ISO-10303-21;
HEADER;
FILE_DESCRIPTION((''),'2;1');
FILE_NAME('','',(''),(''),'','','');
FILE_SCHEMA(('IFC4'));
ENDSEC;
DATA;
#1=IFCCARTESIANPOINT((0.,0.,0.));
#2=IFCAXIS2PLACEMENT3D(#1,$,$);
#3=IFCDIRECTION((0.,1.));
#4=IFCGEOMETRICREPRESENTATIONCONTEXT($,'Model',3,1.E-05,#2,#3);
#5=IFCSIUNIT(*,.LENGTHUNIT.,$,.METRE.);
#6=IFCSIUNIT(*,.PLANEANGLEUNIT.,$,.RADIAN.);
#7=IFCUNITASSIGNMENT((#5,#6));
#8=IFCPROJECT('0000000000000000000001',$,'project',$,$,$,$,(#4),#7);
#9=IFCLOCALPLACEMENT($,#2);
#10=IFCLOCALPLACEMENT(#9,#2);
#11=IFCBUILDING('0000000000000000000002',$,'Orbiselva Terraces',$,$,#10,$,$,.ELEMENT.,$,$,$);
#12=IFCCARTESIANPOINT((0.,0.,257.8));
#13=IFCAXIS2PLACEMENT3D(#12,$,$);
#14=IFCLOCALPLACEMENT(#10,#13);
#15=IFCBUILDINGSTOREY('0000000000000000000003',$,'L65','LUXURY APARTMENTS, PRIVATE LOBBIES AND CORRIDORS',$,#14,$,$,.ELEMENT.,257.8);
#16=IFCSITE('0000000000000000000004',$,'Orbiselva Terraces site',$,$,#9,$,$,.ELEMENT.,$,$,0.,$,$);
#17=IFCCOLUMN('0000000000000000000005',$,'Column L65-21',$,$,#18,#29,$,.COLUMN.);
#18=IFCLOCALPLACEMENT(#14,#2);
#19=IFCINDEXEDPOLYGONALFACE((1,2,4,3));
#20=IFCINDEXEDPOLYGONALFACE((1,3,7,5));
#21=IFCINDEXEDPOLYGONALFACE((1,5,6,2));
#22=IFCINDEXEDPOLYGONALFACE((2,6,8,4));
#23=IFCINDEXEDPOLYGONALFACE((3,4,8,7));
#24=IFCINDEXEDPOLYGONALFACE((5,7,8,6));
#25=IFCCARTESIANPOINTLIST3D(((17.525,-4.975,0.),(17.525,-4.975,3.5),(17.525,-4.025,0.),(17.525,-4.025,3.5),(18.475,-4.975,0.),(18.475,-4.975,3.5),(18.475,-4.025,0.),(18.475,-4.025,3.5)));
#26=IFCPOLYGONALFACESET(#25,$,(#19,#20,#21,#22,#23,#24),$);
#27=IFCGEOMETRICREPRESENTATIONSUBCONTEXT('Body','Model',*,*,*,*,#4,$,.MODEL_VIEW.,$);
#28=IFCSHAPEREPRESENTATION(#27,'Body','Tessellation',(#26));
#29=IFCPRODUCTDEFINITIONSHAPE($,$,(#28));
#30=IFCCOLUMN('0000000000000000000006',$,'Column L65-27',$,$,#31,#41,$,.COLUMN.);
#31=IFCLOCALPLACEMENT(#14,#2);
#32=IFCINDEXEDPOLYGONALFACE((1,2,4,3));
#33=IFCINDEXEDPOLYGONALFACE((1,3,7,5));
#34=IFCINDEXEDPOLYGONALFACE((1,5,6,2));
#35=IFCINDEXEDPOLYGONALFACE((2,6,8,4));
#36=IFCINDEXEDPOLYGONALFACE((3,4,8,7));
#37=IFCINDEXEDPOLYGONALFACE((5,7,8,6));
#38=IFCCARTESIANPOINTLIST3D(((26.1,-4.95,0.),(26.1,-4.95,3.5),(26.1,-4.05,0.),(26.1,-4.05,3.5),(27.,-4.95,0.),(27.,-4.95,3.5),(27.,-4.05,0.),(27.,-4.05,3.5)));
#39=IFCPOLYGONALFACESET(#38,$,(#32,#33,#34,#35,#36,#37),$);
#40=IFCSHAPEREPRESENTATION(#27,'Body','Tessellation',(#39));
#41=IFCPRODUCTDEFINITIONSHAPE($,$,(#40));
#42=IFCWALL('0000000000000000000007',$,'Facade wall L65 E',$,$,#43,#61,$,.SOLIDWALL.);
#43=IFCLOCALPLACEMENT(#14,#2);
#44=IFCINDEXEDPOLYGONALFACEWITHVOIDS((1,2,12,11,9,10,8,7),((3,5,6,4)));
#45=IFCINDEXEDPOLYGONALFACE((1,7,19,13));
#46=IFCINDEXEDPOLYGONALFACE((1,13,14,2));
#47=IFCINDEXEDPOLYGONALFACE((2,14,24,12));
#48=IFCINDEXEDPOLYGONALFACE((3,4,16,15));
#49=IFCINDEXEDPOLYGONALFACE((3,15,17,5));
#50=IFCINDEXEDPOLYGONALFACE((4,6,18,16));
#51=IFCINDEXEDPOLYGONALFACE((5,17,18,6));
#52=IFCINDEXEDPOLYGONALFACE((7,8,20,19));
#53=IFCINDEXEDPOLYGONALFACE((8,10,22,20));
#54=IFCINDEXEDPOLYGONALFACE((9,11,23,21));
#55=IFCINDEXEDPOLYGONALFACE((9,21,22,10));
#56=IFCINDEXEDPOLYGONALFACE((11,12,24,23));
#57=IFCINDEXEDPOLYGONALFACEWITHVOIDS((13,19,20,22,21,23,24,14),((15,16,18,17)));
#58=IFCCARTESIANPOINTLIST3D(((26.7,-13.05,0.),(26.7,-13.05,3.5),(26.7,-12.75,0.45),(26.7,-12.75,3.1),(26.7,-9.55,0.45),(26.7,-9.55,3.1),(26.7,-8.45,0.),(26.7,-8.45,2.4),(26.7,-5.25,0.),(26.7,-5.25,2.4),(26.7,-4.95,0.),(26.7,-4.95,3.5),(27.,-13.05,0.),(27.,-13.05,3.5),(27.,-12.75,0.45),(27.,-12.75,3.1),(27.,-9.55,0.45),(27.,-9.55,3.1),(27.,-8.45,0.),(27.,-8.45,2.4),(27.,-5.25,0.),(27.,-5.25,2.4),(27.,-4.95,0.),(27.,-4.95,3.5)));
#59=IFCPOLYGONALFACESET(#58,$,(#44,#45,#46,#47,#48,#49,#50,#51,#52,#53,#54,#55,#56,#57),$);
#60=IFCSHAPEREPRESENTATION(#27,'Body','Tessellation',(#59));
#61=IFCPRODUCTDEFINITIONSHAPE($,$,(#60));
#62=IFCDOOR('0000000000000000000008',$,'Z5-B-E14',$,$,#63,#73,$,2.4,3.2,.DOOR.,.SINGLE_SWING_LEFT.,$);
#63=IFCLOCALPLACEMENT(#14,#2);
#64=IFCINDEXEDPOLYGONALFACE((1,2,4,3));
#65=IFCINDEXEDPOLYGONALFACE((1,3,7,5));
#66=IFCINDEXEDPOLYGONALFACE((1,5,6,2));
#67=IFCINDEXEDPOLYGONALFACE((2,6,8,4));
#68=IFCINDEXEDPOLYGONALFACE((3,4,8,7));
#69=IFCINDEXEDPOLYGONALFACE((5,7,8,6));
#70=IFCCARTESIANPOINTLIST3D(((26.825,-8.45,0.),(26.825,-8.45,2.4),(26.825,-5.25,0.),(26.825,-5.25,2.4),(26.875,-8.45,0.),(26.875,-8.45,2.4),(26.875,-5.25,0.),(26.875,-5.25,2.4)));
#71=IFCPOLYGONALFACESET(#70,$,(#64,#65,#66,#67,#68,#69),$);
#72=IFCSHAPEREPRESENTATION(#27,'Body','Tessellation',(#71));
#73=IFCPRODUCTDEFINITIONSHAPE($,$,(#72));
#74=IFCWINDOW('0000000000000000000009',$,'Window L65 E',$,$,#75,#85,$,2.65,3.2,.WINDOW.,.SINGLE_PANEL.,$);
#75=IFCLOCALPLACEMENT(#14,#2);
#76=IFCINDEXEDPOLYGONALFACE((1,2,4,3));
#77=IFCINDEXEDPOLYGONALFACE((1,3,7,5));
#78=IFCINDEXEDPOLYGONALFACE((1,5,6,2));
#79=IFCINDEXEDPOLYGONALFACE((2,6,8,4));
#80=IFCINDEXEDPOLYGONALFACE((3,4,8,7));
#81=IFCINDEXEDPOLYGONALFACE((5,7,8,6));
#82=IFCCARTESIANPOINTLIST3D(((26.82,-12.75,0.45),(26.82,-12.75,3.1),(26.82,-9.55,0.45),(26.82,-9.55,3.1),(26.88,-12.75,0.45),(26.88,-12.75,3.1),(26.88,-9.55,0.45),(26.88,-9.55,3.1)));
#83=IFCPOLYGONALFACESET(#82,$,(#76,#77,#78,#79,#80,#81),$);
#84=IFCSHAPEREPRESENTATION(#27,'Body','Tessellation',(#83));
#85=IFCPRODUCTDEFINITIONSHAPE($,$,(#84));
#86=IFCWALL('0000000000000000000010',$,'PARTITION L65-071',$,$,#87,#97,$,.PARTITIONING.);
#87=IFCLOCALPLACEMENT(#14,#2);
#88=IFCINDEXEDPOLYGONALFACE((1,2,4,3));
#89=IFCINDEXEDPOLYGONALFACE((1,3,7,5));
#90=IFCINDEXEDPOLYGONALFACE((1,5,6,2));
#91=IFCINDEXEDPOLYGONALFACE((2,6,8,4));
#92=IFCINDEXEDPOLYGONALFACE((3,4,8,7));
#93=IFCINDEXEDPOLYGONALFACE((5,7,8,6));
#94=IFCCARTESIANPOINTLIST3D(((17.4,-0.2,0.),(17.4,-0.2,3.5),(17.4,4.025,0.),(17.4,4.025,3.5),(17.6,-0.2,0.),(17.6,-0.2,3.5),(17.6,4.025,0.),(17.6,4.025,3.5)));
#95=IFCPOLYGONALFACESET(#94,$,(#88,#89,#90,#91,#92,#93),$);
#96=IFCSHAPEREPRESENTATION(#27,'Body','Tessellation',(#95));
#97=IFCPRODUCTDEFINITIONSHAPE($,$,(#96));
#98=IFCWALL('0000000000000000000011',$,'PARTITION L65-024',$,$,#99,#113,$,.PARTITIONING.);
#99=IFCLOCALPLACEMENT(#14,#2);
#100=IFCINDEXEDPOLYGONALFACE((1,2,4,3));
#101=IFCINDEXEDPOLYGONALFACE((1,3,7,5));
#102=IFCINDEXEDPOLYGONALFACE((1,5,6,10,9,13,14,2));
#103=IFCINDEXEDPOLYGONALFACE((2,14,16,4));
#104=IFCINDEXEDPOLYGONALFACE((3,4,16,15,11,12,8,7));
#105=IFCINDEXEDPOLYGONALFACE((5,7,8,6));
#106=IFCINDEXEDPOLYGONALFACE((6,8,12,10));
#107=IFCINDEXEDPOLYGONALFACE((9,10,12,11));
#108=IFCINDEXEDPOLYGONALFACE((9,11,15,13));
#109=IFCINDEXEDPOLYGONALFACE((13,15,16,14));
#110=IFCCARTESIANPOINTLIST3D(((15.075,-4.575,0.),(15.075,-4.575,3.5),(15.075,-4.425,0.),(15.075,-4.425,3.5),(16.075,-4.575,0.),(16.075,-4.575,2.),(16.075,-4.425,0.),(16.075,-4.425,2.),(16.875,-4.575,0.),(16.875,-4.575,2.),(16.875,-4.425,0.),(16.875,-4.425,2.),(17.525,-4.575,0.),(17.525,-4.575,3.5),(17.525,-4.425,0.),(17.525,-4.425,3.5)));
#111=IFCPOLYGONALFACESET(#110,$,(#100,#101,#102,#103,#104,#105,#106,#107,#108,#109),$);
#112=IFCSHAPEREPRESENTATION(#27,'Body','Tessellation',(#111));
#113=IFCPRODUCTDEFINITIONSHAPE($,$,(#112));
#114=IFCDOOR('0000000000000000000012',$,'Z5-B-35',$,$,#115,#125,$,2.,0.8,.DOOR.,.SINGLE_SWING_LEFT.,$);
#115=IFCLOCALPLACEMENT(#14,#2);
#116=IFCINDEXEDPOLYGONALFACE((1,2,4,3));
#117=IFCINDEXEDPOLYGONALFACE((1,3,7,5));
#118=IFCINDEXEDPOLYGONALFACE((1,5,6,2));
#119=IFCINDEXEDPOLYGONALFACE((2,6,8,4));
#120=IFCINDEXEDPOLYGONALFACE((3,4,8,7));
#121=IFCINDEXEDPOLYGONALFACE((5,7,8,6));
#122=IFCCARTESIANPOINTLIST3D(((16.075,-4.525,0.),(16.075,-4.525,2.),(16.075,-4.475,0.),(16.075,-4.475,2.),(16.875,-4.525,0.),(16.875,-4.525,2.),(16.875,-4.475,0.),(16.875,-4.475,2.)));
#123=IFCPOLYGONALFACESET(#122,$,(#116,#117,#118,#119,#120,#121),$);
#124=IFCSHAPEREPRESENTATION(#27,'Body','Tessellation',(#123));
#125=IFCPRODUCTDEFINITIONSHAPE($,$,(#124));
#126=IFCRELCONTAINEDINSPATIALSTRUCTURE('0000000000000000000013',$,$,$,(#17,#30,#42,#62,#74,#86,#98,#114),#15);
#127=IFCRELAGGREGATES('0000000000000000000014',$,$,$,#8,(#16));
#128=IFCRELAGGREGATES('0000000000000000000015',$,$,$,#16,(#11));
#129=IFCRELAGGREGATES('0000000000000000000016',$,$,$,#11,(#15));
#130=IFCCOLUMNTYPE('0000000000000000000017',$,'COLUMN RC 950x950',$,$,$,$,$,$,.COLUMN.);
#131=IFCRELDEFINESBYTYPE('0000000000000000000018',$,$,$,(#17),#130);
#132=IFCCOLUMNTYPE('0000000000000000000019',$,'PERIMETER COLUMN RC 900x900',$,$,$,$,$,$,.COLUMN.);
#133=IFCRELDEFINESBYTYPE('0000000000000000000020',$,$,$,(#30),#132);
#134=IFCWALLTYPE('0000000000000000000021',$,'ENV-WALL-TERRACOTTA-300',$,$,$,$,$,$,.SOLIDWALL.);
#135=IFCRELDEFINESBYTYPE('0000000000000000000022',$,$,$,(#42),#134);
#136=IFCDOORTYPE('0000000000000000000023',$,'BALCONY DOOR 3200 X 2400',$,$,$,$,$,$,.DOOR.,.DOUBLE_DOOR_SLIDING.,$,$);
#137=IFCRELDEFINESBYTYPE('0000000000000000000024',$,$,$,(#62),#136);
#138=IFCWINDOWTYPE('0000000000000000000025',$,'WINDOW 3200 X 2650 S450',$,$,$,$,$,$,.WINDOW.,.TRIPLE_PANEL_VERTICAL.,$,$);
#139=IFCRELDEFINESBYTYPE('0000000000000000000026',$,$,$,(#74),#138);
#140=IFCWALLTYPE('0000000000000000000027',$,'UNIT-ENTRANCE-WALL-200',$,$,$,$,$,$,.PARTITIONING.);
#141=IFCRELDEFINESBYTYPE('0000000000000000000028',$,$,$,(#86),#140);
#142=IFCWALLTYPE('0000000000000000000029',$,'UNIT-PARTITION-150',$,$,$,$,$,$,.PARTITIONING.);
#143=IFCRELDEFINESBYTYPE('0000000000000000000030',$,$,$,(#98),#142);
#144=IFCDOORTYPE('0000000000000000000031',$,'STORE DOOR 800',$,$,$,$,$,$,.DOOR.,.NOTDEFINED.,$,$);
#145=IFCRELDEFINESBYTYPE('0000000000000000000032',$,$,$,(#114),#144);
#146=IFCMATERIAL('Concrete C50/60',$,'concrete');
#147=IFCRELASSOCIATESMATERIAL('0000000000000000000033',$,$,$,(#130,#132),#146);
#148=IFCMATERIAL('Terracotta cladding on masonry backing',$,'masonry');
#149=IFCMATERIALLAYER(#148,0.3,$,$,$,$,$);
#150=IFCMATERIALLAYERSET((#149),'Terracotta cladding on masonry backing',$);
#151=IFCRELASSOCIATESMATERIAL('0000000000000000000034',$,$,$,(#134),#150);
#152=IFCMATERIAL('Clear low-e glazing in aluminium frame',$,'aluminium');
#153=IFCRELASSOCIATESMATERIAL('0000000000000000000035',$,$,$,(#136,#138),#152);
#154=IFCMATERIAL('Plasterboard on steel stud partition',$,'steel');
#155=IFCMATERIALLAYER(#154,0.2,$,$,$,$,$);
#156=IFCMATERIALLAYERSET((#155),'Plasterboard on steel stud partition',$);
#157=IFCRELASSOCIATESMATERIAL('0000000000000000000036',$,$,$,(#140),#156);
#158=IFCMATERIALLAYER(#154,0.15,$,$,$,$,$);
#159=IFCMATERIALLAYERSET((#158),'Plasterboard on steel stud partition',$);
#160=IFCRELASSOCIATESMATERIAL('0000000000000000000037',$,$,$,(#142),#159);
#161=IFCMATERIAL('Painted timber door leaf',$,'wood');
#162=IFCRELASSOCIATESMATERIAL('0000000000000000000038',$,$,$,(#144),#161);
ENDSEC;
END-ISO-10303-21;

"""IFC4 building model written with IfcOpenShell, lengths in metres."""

from ifc_helpers import new_model, si_unit, direction, frame, frame_2d, origin, origin_2d, place, context, subcontext, project, spatial, rectangle, extrude, material, layer, layer_set, material_profile, profile_set, type_object, element, fill, save


model = new_model("IFC4")

# Units and contexts
model_context = context("Model", 3, precision=1e-05, world=origin(), true_north=direction((0.0, 1.0)))
body_context = subcontext(model_context, "Body", "Model", "MODEL_VIEW")
ifc_project = project(units=[si_unit("LENGTHUNIT", "METRE"), si_unit("PLANEANGLEUNIT", "RADIAN")], contexts=[model_context])

# Site, building, storey
site_placement = place(None, origin())
site = spatial("IfcSite", under=ifc_project, at=site_placement, Name="Orbiselva Terraces site", CompositionType="ELEMENT", RefElevation=0.0)
building_placement = place(site_placement, origin())
building = spatial("IfcBuilding", under=site, at=building_placement, Name="Orbiselva Terraces", CompositionType="ELEMENT")
storey_placement = place(building_placement, frame((0.0, 0.0, 257.8)))
storey = spatial("IfcBuildingStorey", under=building, at=storey_placement, Name="L65", Description="LUXURY APARTMENTS, PRIVATE LOBBIES AND CORRIDORS", CompositionType="ELEMENT", Elevation=257.8)

# Columns
ifc_material_1 = material(Name="Concrete C50/60", Category="concrete")
ifc_material_profile_1 = material_profile(ifc_material_1, rectangle(XDim=0.95, YDim=0.95, at=origin_2d()), Name="RC 950x950")
ifc_profile_set_1 = profile_set([ifc_material_profile_1], Name="Concrete C50/60")
column_type_1 = type_object("IfcColumnType", Name="COLUMN RC 950x950", PredefinedType="COLUMN", material=ifc_profile_set_1)
column_1_placement = place(storey_placement, frame((18.0, -4.5, 0.0), z_axis=(0.0, 0.0, 1.0), x_axis=(1.0, 0.0, 0.0)))
element("IfcColumn", 1, at=column_1_placement, inside=storey, type_object=column_type_1, Name="Column L65-21", PredefinedType="COLUMN", context=body_context, shape_type="SweptSolid", body=[
    extrude(rectangle(XDim=0.95, YDim=0.95, at=origin_2d()), origin(), (0.0, 0.0, 1.0), 3.5),
])
ifc_material_profile_2 = material_profile(ifc_material_1, rectangle(XDim=0.9, YDim=0.9, at=origin_2d()), Name="RC 900x900")
ifc_profile_set_2 = profile_set([ifc_material_profile_2], Name="Concrete C50/60")
column_type_2 = type_object("IfcColumnType", Name="PERIMETER COLUMN RC 900x900", PredefinedType="COLUMN", material=ifc_profile_set_2)
column_2_placement = place(storey_placement, frame((26.55, -4.5, 0.0), z_axis=(0.0, 0.0, 1.0), x_axis=(1.0, 0.0, 0.0)))
element("IfcColumn", 2, at=column_2_placement, inside=storey, type_object=column_type_2, Name="Column L65-27", PredefinedType="COLUMN", context=body_context, shape_type="SweptSolid", body=[
    extrude(rectangle(XDim=0.9, YDim=0.9, at=origin_2d()), origin(), (0.0, 0.0, 1.0), 3.5),
])

# Wall, openings, door, window
ifc_material_2 = material(Name="Terracotta cladding on masonry backing", Category="masonry")
ifc_layer_1 = layer(ifc_material_2, 0.3)
ifc_layer_set_1 = layer_set([ifc_layer_1], Name="Terracotta cladding on masonry backing")
wall_type_1 = type_object("IfcWallType", Name="ENV-WALL-TERRACOTTA-300", PredefinedType="SOLIDWALL", material=ifc_layer_set_1)
wall_1_placement = place(storey_placement, frame((26.85, -4.95, 0.0), z_axis=(0.0, 0.0, 1.0), x_axis=(0.0, -1.0, 0.0)))
wall_1 = element("IfcWall", 3, at=wall_1_placement, inside=storey, type_object=wall_type_1, Name="Facade wall L65 E", PredefinedType="SOLIDWALL", context=body_context, shape_type="SweptSolid", body=[
    extrude(rectangle(XDim=8.1, YDim=0.3, at=frame_2d((4.05, 0.0))), origin(), (0.0, 0.0, 1.0), 3.5),
])
opening_1_placement = place(wall_1_placement, frame((4.6, 0.0, 0.45)))
opening_1 = element("IfcOpeningElement", 4, at=opening_1_placement, cuts=wall_1, PredefinedType="OPENING", context=body_context, shape_type="SweptSolid", body=[
    extrude(rectangle(XDim=3.2, YDim=2.65, at=frame_2d((1.6, 1.325))), frame((0.0, 0.16, 0.0), z_axis=(0.0, -1.0, 0.0), x_axis=(1.0, 0.0, 0.0)), (0.0, 0.0, 1.0), 0.32),
])
opening_2_placement = place(wall_1_placement, frame((0.3, 0.0, 0.0)))
opening_2 = element("IfcOpeningElement", 5, at=opening_2_placement, cuts=wall_1, PredefinedType="OPENING", context=body_context, shape_type="SweptSolid", body=[
    extrude(rectangle(XDim=3.2, YDim=2.4, at=frame_2d((1.6, 1.2))), frame((0.0, 0.16, 0.0), z_axis=(0.0, -1.0, 0.0), x_axis=(1.0, 0.0, 0.0)), (0.0, 0.0, 1.0), 0.32),
])
ifc_material_3 = material(Name="Clear low-e glazing in aluminium frame", Category="aluminium")
door_type_1 = type_object("IfcDoorType", Name="BALCONY DOOR 3200 X 2400", OperationType="DOUBLE_DOOR_SLIDING", PredefinedType="DOOR", material=ifc_material_3)
door_1_placement = place(opening_2_placement, origin())
door_1 = element("IfcDoor", 6, at=door_1_placement, inside=storey, type_object=door_type_1, Name="Z5-B-E14", OperationType="SINGLE_SWING_LEFT", OverallHeight=2.4, OverallWidth=3.2, PredefinedType="DOOR", context=body_context, shape_type="SweptSolid", body=[
    extrude(rectangle(XDim=3.2, YDim=2.4, at=frame_2d((1.6, 1.2))), frame((0.0, 0.025, 0.0), z_axis=(0.0, -1.0, 0.0), x_axis=(1.0, 0.0, 0.0)), (0.0, 0.0, 1.0), 0.05),
])
fill(opening_2, door_1)
window_type = type_object("IfcWindowType", Name="WINDOW 3200 X 2650 S450", PartitioningType="TRIPLE_PANEL_VERTICAL", PredefinedType="WINDOW", material=ifc_material_3)
window_placement = place(opening_1_placement, origin())
window = element("IfcWindow", 7, at=window_placement, inside=storey, type_object=window_type, Name="Window L65 E", OverallHeight=2.65, OverallWidth=3.2, PartitioningType="SINGLE_PANEL", PredefinedType="WINDOW", context=body_context, shape_type="SweptSolid", body=[
    extrude(rectangle(XDim=3.2, YDim=2.65, at=frame_2d((1.6, 1.325))), frame((0.0, 0.03, 0.0), z_axis=(0.0, -1.0, 0.0), x_axis=(1.0, 0.0, 0.0)), (0.0, 0.0, 1.0), 0.06),
])
fill(opening_1, window)

# Wall
ifc_material_4 = material(Name="Plasterboard on steel stud partition", Category="steel")
ifc_layer_2 = layer(ifc_material_4, 0.2)
ifc_layer_set_2 = layer_set([ifc_layer_2], Name="Plasterboard on steel stud partition")
wall_type_2 = type_object("IfcWallType", Name="UNIT-ENTRANCE-WALL-200", PredefinedType="PARTITIONING", material=ifc_layer_set_2)
wall_2_placement = place(storey_placement, frame((17.5, -0.2, 0.0), z_axis=(0.0, 0.0, 1.0), x_axis=(0.0, 1.0, 0.0)))
element("IfcWall", 8, at=wall_2_placement, inside=storey, type_object=wall_type_2, Name="PARTITION L65-071", PredefinedType="PARTITIONING", context=body_context, shape_type="SweptSolid", body=[
    extrude(rectangle(XDim=4.225, YDim=0.2, at=frame_2d((2.1125, 0.0))), origin(), (0.0, 0.0, 1.0), 3.5),
])

# Wall, opening, door
ifc_layer_3 = layer(ifc_material_4, 0.15)
ifc_layer_set_3 = layer_set([ifc_layer_3], Name="Plasterboard on steel stud partition")
wall_type_3 = type_object("IfcWallType", Name="UNIT-PARTITION-150", PredefinedType="PARTITIONING", material=ifc_layer_set_3)
wall_3_placement = place(storey_placement, frame((17.525, -4.5, 0.0), z_axis=(0.0, 0.0, 1.0), x_axis=(-1.0, 0.0, 0.0)))
wall_3 = element("IfcWall", 9, at=wall_3_placement, inside=storey, type_object=wall_type_3, Name="PARTITION L65-024", PredefinedType="PARTITIONING", context=body_context, shape_type="SweptSolid", body=[
    extrude(rectangle(XDim=2.45, YDim=0.15, at=frame_2d((1.225, 0.0))), origin(), (0.0, 0.0, 1.0), 3.5),
])
opening_3_placement = place(wall_3_placement, frame((0.65, 0.0, 0.0)))
opening_3 = element("IfcOpeningElement", 10, at=opening_3_placement, cuts=wall_3, PredefinedType="OPENING", context=body_context, shape_type="SweptSolid", body=[
    extrude(rectangle(XDim=0.8, YDim=2.0, at=frame_2d((0.4, 1.0))), frame((0.0, 0.085, 0.0), z_axis=(0.0, -1.0, 0.0), x_axis=(1.0, 0.0, 0.0)), (0.0, 0.0, 1.0), 0.17),
])
ifc_material_5 = material(Name="Painted timber door leaf", Category="wood")
door_type_2 = type_object("IfcDoorType", Name="STORE DOOR 800", OperationType="NOTDEFINED", PredefinedType="DOOR", material=ifc_material_5)
door_2_placement = place(opening_3_placement, origin())
door_2 = element("IfcDoor", 11, at=door_2_placement, inside=storey, type_object=door_type_2, Name="Z5-B-35", OperationType="SINGLE_SWING_LEFT", OverallHeight=2.0, OverallWidth=0.8, PredefinedType="DOOR", context=body_context, shape_type="SweptSolid", body=[
    extrude(rectangle(XDim=0.8, YDim=2.0, at=frame_2d((0.4, 1.0))), frame((0.0, 0.025, 0.0), z_axis=(0.0, -1.0, 0.0), x_axis=(1.0, 0.0, 0.0)), (0.0, 0.0, 1.0), 0.05),
])
fill(opening_3, door_2)

save(model, "model.ifc")
